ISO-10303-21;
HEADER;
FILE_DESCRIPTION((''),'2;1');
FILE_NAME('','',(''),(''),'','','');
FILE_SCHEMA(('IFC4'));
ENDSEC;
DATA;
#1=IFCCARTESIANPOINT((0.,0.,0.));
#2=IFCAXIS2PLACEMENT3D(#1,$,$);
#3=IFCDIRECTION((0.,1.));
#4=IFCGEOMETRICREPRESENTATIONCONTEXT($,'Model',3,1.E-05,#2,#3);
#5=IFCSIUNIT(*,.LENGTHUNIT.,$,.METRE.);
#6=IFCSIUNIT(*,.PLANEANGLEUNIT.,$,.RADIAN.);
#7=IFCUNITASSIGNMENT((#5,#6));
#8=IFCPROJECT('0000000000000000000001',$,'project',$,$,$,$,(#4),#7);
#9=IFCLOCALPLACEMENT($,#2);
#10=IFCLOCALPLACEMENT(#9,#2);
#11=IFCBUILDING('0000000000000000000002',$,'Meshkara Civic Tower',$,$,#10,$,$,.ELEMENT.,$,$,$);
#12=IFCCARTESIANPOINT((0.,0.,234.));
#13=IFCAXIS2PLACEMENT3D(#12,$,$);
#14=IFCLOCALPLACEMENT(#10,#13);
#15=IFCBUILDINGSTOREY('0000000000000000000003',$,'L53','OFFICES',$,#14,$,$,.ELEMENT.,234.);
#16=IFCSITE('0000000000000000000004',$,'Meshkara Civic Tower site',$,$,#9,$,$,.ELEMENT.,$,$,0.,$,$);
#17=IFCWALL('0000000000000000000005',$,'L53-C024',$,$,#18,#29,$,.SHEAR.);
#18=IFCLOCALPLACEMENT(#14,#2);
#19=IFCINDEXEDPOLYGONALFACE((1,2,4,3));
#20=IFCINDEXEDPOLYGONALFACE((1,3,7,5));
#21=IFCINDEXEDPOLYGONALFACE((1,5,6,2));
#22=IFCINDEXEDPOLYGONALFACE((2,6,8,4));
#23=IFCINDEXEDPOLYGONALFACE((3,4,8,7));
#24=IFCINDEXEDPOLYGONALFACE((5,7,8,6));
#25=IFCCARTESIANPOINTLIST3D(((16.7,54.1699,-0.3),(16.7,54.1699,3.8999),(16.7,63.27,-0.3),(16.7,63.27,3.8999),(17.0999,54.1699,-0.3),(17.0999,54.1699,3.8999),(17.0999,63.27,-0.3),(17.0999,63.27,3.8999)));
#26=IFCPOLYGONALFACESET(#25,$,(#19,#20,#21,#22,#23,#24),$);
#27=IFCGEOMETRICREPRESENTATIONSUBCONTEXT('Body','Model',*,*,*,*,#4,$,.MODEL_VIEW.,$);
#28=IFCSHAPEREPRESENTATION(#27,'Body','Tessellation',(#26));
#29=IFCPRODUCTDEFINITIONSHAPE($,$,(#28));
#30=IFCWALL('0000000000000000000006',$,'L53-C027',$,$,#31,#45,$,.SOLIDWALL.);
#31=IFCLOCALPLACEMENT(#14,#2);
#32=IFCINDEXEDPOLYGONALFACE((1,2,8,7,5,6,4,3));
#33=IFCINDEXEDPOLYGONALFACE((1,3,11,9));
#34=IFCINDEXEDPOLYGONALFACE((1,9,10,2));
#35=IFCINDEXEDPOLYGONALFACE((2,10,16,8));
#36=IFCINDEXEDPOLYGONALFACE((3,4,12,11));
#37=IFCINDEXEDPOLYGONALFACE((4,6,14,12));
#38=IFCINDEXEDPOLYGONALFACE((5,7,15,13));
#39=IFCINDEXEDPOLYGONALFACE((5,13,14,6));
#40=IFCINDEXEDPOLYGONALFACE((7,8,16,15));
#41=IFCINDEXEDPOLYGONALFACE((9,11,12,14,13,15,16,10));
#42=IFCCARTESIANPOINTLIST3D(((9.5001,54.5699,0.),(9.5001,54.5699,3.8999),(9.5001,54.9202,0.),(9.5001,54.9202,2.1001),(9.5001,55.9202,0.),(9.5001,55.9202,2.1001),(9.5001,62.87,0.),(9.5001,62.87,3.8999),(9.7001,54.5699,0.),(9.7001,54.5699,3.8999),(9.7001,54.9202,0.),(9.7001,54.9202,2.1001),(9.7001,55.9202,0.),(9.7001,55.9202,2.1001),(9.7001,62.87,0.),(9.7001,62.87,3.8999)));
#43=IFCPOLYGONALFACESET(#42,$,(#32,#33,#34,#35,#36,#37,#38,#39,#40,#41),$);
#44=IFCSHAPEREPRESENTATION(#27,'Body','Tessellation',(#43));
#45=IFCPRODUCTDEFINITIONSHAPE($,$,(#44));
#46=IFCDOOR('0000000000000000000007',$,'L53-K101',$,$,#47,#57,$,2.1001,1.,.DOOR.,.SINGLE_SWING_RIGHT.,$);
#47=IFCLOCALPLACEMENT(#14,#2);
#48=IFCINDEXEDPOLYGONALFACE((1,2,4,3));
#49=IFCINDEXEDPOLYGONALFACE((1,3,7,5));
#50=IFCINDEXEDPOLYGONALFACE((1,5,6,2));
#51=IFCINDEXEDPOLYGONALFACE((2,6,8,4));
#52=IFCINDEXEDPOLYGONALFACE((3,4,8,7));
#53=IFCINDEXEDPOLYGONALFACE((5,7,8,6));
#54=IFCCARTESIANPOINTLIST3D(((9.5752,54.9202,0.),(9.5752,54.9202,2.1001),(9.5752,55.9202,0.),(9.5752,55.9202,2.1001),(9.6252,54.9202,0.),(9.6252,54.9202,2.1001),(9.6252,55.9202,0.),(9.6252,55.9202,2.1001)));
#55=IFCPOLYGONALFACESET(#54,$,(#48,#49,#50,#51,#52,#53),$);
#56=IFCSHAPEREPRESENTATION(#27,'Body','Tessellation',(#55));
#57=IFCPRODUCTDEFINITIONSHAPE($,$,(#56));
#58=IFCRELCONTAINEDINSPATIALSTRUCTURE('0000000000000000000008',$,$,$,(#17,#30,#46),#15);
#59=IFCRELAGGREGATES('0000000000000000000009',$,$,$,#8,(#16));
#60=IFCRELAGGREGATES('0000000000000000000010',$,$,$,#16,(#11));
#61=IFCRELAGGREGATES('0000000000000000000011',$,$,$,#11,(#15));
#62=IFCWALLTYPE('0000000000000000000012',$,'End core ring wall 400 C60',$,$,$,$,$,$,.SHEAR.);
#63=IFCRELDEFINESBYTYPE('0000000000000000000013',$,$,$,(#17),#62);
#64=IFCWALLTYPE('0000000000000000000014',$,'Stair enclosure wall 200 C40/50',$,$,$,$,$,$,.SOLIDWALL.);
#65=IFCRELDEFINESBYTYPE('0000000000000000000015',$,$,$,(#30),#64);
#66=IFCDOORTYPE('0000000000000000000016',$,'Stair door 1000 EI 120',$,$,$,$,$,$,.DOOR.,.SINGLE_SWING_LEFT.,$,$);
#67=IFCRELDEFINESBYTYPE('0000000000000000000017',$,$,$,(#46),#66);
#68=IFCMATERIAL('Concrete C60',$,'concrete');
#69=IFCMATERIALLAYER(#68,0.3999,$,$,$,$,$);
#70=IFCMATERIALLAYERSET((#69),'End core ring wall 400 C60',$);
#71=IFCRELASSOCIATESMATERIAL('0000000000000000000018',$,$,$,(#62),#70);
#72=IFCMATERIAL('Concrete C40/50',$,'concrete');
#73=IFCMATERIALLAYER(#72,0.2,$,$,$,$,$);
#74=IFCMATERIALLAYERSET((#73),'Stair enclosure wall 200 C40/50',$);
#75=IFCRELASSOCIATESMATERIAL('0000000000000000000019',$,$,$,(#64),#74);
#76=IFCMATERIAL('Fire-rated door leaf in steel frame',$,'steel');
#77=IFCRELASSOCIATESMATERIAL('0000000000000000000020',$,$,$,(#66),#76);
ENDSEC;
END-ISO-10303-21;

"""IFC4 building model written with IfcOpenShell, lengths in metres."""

from ifc_helpers import new_model, si_unit, direction, frame, frame_2d, origin, place, context, subcontext, project, spatial, rectangle, extrude, material, layer, layer_set, type_object, element, fill, save


model = new_model("IFC4")

# Units and contexts
model_context = context("Model", 3, precision=1e-05, world=origin(), true_north=direction((0.0, 1.0)))
body_context = subcontext(model_context, "Body", "Model", "MODEL_VIEW")
ifc_project = project(units=[si_unit("LENGTHUNIT", "METRE"), si_unit("PLANEANGLEUNIT", "RADIAN")], contexts=[model_context])

# Site, building, storey
site_placement = place(None, origin())
site = spatial("IfcSite", under=ifc_project, at=site_placement, Name="Meshkara Civic Tower site", CompositionType="ELEMENT", RefElevation=0.0)
building_placement = place(site_placement, origin())
building = spatial("IfcBuilding", under=site, at=building_placement, Name="Meshkara Civic Tower", CompositionType="ELEMENT")
storey_placement = place(building_placement, frame((0.0, 0.0, 234.0)))
storey = spatial("IfcBuildingStorey", under=building, at=storey_placement, Name="L53", Description="OFFICES", CompositionType="ELEMENT", Elevation=234.0)

# Wall
ifc_material_1 = material(Name="Concrete C60", Category="concrete")
ifc_layer_1 = layer(ifc_material_1, 0.3999)
ifc_layer_set_1 = layer_set([ifc_layer_1], Name="End core ring wall 400 C60")
wall_type_1 = type_object("IfcWallType", Name="End core ring wall 400 C60", PredefinedType="SHEAR", material=ifc_layer_set_1)
wall_1_placement = place(storey_placement, frame((16.8999, 54.1699, -0.3), z_axis=(0.0, 0.0, 1.0), x_axis=(0.0, 1.0, 0.0)))
element("IfcWall", 1, at=wall_1_placement, inside=storey, type_object=wall_type_1, Name="L53-C024", PredefinedType="SHEAR", context=body_context, shape_type="SweptSolid", body=[
    extrude(rectangle(XDim=9.1001, YDim=0.3999, at=frame_2d((4.55, 0.0))), origin(), (0.0, 0.0, 1.0), 4.2),
])

# Wall, opening, door
ifc_material_2 = material(Name="Concrete C40/50", Category="concrete")
ifc_layer_2 = layer(ifc_material_2, 0.2)
ifc_layer_set_2 = layer_set([ifc_layer_2], Name="Stair enclosure wall 200 C40/50")
wall_type_2 = type_object("IfcWallType", Name="Stair enclosure wall 200 C40/50", PredefinedType="SOLIDWALL", material=ifc_layer_set_2)
wall_2_placement = place(storey_placement, frame((9.6001, 54.5701, 0.0), z_axis=(0.0, 0.0, 1.0), x_axis=(0.0, 1.0, 0.0)))
wall_2 = element("IfcWall", 2, at=wall_2_placement, inside=storey, type_object=wall_type_2, Name="L53-C027", PredefinedType="SOLIDWALL", context=body_context, shape_type="SweptSolid", body=[
    extrude(rectangle(XDim=8.3, YDim=0.2, at=frame_2d((4.1499, 0.0))), origin(), (0.0, 0.0, 1.0), 3.8999),
])
opening_1_placement = place(wall_2_placement, frame((0.3501, 0.0, 0.0)))
opening_1 = element("IfcOpeningElement", 3, at=opening_1_placement, cuts=wall_2, PredefinedType="OPENING", context=body_context, shape_type="SweptSolid", body=[
    extrude(rectangle(XDim=1.0, YDim=2.1001, at=frame_2d((0.5, 1.05))), frame((0.0, 0.1099, 0.0), z_axis=(0.0, -1.0, 0.0), x_axis=(1.0, 0.0, 0.0)), (0.0, 0.0, 1.0), 0.22),
])
ifc_material_3 = material(Name="Fire-rated door leaf in steel frame", Category="steel")
door_type_1 = type_object("IfcDoorType", Name="Stair door 1000 EI 120", OperationType="SINGLE_SWING_LEFT", PredefinedType="DOOR", material=ifc_material_3)
door_1_placement = place(opening_1_placement, origin())
door_1 = element("IfcDoor", 4, at=door_1_placement, inside=storey, type_object=door_type_1, Name="L53-K101", OperationType="SINGLE_SWING_RIGHT", OverallHeight=2.1001, OverallWidth=1.0, PredefinedType="DOOR", context=body_context, shape_type="SweptSolid", body=[
    extrude(rectangle(XDim=1.0, YDim=2.1001, at=frame_2d((0.5, 1.05))), frame((0.0, 0.0249, 0.0), z_axis=(0.0, -1.0, 0.0), x_axis=(1.0, 0.0, 0.0)), (0.0, 0.0, 1.0), 0.05),
])
fill(opening_1, door_1)

save(model, "model.ifc")
